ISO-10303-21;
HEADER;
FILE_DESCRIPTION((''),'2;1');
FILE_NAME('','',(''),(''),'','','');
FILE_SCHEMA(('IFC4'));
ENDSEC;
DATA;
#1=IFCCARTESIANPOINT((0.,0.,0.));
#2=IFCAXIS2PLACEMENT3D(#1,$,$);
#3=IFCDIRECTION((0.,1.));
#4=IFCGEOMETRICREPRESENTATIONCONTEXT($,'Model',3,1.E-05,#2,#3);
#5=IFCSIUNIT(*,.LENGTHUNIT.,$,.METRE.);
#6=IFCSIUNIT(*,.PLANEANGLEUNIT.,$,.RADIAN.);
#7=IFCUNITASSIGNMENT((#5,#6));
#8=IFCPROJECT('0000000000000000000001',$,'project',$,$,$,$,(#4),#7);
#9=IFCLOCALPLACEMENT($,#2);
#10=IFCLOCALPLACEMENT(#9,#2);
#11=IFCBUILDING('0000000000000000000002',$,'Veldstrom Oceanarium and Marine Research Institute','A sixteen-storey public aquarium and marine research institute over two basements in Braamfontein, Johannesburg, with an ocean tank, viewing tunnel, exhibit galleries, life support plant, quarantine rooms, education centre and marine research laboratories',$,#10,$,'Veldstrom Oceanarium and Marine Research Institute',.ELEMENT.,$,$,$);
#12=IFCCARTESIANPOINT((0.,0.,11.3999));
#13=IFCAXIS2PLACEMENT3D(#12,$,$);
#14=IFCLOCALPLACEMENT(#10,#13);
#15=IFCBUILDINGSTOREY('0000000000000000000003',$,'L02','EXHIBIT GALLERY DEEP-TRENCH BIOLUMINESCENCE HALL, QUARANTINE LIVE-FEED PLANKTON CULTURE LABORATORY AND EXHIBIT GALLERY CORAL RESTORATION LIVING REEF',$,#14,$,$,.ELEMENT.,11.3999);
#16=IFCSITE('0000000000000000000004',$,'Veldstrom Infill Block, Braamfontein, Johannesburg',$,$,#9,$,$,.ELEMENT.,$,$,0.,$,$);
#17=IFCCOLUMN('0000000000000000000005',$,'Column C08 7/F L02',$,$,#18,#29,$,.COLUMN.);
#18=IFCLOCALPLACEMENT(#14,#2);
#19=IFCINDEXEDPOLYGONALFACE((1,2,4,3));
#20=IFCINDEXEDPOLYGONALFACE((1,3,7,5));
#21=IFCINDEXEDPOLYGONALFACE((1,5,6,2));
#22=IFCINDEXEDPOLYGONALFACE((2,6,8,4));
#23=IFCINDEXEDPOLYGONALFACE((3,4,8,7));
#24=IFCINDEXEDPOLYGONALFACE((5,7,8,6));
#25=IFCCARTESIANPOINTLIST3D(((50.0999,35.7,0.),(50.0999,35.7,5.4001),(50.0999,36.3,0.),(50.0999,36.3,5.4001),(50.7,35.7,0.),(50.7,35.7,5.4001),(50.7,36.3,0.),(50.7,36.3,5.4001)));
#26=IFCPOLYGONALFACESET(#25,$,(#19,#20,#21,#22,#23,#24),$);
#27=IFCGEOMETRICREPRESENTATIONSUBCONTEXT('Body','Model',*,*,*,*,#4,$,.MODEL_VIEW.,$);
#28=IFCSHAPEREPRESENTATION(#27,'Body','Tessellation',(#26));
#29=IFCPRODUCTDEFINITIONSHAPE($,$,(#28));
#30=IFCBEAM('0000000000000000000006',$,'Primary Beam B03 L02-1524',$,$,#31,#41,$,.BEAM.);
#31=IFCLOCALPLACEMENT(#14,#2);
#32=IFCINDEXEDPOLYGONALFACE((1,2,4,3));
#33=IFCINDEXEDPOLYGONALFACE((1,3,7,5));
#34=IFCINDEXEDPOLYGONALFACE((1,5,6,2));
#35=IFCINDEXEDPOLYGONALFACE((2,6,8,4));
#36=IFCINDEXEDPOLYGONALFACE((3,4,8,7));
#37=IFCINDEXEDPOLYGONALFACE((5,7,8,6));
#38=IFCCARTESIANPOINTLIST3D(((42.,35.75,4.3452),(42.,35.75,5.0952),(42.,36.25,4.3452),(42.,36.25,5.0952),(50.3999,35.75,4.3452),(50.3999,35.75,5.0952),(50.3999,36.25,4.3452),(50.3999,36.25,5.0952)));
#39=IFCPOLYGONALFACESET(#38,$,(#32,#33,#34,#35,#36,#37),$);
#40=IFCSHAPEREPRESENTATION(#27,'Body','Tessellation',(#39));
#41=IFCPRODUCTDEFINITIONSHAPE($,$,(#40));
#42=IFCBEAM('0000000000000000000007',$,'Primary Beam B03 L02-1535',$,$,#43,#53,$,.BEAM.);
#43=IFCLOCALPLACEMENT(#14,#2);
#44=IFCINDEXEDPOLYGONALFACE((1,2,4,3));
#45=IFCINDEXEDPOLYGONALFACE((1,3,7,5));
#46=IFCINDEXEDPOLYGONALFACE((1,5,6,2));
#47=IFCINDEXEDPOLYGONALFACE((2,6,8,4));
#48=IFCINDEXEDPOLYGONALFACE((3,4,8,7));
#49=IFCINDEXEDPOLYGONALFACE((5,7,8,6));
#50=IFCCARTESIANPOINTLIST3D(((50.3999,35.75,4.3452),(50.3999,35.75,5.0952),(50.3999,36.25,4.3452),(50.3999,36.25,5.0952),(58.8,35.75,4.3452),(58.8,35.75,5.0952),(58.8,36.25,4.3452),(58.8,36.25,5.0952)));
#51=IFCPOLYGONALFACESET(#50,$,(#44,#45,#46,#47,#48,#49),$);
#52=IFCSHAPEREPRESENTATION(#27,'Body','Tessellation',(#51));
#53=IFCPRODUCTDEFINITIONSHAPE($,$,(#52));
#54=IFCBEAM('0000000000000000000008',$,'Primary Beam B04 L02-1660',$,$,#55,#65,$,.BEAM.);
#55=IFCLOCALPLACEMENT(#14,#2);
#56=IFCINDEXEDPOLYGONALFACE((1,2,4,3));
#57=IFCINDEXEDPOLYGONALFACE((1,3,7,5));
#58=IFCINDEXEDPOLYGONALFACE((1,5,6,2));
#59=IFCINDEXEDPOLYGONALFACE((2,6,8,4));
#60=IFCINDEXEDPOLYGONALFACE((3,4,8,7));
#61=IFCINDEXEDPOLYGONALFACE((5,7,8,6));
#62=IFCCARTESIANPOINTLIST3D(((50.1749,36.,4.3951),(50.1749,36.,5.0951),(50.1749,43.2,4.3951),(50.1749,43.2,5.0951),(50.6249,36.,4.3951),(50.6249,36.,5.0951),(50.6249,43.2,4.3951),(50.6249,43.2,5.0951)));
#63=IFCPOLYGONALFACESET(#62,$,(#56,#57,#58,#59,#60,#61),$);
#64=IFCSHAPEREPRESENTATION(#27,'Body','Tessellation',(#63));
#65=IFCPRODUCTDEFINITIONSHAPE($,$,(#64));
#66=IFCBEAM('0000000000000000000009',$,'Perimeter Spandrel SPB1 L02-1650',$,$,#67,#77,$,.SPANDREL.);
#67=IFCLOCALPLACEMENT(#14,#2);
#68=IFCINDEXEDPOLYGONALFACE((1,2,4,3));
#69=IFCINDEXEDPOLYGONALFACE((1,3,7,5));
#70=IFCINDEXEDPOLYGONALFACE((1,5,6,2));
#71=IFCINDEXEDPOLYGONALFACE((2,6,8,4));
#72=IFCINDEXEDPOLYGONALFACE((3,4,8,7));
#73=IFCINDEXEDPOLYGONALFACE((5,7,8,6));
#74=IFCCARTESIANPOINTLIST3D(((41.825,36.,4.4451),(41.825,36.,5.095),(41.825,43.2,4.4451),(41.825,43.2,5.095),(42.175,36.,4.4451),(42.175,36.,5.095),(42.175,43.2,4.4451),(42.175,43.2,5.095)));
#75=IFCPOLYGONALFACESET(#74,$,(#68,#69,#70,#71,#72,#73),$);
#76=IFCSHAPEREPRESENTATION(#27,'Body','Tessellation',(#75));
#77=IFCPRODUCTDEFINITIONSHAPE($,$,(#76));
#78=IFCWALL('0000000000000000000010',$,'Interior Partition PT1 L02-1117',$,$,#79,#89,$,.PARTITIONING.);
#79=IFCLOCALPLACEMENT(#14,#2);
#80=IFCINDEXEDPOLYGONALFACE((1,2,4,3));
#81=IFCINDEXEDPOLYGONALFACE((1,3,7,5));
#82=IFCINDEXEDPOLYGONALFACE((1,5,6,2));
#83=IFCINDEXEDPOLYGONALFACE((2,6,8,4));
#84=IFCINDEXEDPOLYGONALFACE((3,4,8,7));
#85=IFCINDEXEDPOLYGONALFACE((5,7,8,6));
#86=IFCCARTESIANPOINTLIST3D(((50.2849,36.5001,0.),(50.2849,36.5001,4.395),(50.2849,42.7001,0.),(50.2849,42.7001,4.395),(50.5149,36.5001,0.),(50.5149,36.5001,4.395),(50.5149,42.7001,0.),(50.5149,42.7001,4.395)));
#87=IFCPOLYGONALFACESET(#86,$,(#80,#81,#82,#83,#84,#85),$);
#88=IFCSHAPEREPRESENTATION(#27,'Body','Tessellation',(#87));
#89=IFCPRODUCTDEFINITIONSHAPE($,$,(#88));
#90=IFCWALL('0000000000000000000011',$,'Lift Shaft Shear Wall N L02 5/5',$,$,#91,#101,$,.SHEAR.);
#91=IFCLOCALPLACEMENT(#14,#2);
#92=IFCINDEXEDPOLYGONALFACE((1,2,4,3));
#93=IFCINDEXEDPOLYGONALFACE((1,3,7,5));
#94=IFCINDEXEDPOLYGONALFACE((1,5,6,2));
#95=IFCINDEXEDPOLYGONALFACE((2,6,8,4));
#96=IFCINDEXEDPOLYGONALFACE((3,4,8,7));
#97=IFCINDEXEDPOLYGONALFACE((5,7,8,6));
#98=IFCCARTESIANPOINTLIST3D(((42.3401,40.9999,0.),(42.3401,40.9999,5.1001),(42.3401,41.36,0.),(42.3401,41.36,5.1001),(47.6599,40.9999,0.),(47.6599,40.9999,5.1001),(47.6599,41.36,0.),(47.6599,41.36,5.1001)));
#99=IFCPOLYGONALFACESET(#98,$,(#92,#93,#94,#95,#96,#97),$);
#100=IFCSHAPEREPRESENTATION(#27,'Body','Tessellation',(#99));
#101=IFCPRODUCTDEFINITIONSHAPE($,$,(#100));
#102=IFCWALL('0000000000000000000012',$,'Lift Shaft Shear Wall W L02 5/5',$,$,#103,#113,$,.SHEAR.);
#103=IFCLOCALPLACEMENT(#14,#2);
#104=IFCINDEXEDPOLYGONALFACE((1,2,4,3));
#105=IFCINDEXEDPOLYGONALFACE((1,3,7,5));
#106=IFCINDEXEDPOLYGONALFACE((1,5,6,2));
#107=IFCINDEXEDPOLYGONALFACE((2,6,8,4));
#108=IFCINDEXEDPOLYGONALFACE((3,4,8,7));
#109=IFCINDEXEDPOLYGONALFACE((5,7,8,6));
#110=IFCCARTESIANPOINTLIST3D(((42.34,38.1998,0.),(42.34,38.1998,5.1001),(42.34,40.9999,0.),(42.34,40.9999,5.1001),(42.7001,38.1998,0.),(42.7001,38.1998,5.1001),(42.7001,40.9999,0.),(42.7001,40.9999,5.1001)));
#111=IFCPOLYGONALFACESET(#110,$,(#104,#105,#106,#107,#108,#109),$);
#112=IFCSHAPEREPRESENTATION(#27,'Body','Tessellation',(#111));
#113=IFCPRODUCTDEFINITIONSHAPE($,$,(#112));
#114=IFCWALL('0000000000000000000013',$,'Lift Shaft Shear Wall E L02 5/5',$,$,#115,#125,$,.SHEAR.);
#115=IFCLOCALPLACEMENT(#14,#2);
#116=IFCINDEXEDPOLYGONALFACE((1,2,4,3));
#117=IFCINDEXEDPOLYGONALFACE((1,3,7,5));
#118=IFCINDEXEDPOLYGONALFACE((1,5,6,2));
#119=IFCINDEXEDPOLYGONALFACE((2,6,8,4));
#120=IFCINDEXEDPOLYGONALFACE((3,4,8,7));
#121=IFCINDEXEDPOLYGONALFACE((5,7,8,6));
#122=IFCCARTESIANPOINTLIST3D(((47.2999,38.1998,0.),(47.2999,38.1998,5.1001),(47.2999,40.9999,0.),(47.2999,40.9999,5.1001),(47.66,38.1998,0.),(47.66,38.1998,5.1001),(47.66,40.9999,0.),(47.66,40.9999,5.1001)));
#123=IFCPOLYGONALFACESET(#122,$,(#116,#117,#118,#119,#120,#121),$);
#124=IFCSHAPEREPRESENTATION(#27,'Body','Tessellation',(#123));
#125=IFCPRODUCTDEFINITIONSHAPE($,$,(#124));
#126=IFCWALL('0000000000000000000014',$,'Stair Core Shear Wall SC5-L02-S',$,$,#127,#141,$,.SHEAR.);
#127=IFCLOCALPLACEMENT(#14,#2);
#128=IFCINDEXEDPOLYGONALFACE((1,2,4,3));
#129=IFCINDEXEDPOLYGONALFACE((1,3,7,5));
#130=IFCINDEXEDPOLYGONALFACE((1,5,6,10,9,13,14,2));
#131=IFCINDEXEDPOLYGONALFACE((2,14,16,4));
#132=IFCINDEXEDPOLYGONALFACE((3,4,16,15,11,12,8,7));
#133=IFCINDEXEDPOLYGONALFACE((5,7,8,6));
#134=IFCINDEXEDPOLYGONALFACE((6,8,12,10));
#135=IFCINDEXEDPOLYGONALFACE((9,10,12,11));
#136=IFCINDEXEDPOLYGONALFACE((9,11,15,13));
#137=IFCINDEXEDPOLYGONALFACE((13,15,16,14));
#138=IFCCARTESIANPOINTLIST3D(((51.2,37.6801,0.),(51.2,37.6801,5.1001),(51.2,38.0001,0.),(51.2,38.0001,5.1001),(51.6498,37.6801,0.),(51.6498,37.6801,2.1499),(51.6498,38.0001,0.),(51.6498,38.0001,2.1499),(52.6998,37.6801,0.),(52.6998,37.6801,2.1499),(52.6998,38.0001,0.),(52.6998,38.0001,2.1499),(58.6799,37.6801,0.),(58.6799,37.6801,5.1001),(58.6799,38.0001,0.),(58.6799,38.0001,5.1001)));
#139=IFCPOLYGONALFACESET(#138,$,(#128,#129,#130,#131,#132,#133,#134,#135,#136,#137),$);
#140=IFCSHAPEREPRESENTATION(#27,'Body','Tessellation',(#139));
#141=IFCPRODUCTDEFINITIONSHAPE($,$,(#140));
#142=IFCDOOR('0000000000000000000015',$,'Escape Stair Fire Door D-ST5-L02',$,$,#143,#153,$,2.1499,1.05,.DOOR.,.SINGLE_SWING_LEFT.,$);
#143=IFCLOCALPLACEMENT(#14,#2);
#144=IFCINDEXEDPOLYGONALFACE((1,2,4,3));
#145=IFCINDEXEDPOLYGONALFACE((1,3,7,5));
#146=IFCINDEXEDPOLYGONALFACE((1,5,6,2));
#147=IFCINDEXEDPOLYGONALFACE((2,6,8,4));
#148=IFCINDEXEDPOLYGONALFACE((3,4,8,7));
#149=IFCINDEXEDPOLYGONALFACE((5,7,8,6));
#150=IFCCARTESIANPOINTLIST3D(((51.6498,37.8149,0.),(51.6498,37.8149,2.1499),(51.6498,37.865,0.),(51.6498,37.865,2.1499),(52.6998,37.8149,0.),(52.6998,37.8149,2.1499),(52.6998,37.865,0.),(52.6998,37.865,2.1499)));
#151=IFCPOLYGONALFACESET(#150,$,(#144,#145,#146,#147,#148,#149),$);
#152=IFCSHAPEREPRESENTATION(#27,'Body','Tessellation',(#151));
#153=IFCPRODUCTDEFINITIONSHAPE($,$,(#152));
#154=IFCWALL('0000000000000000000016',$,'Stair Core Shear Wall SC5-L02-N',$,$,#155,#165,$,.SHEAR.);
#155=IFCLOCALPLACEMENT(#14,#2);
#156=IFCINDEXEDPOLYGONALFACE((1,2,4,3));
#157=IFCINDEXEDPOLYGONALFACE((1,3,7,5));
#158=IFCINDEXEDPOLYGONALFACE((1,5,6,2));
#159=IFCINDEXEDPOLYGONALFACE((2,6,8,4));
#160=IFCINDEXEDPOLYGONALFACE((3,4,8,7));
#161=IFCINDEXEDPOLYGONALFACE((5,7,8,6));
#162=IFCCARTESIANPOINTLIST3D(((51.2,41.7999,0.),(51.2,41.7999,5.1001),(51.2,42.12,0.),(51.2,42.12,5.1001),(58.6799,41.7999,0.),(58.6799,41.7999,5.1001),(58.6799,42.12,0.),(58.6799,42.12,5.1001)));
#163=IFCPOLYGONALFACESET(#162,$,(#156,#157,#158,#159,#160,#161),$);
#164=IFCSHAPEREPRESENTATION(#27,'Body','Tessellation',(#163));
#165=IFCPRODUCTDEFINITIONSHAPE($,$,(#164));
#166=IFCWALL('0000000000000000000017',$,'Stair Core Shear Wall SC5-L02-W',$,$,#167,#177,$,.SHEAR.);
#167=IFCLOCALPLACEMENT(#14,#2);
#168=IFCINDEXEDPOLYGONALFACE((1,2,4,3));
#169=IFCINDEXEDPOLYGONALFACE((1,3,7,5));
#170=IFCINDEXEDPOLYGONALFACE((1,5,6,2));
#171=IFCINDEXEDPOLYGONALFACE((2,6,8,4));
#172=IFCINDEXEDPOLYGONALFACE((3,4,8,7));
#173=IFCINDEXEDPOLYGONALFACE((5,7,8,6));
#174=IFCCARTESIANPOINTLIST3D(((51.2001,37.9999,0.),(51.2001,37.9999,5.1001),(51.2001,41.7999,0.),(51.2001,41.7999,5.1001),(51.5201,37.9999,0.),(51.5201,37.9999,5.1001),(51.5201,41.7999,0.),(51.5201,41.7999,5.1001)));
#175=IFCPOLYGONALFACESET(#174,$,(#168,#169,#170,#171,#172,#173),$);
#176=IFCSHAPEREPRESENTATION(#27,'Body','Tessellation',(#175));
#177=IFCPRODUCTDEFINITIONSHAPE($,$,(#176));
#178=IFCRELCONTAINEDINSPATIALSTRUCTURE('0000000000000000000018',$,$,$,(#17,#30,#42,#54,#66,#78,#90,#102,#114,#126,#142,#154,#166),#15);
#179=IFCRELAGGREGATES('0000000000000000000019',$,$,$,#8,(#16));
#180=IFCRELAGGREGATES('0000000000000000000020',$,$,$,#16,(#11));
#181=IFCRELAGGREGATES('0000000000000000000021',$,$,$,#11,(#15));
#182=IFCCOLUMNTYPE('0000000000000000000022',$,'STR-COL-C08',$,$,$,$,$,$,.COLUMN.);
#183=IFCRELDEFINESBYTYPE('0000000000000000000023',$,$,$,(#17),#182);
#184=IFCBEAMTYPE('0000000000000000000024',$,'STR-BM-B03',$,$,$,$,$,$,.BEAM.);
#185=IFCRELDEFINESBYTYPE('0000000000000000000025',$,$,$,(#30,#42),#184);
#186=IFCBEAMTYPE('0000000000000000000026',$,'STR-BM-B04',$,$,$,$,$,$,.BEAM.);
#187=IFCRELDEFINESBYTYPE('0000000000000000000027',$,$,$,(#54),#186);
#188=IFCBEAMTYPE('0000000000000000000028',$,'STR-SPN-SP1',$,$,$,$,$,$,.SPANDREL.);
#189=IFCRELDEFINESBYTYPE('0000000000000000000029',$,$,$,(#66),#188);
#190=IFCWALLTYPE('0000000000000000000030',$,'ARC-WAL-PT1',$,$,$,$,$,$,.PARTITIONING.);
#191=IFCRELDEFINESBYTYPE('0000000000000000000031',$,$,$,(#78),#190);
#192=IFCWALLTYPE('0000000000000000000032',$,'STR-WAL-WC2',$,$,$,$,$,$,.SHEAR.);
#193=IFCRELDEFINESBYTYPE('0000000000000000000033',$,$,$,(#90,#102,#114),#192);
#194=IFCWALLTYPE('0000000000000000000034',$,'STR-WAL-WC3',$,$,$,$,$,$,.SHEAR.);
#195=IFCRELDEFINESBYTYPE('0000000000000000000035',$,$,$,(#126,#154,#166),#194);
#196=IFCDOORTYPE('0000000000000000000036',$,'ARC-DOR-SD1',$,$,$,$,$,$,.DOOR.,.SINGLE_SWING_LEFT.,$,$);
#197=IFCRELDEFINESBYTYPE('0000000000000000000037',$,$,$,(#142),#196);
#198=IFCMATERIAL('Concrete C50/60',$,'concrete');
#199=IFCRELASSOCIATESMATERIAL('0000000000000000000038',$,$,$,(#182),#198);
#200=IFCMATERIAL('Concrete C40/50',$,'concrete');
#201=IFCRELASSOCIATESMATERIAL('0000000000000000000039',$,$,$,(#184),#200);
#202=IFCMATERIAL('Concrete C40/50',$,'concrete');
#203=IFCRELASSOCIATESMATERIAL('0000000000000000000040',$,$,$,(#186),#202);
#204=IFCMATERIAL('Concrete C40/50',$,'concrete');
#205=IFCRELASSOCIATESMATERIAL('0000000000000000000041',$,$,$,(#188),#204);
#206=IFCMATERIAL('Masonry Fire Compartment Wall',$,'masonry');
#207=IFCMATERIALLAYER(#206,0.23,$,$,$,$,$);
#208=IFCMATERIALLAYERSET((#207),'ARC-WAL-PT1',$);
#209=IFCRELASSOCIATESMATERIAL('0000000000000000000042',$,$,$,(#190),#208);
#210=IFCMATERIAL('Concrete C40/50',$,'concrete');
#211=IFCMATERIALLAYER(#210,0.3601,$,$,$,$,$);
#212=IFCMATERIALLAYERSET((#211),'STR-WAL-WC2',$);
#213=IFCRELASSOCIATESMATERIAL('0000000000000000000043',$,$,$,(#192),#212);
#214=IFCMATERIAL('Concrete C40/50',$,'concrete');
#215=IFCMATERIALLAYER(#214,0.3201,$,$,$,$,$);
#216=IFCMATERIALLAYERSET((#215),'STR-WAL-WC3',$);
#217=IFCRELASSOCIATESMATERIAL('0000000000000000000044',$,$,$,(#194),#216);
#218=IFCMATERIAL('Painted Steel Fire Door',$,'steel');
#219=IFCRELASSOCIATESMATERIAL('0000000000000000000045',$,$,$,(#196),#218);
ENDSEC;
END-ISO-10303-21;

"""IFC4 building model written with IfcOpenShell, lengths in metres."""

from ifc_helpers import new_model, si_unit, direction, frame, frame_2d, origin, origin_2d, place, context, subcontext, project, spatial, rectangle, extrude, material, layer, layer_set, material_profile, profile_set, type_object, element, fill, save


model = new_model("IFC4")

# Units and contexts
model_context = context("Model", 3, precision=1e-05, world=origin(), true_north=direction((0.0, 1.0)))
body_context = subcontext(model_context, "Body", "Model", "MODEL_VIEW")
ifc_project = project(units=[si_unit("LENGTHUNIT", "METRE"), si_unit("PLANEANGLEUNIT", "RADIAN")], contexts=[model_context])

# Site, building, storey
site_placement = place(None, origin())
site = spatial("IfcSite", under=ifc_project, at=site_placement, Name="Veldstrom Infill Block, Braamfontein, Johannesburg", CompositionType="ELEMENT", RefElevation=0.0)
building_placement = place(site_placement, origin())
building = spatial("IfcBuilding", under=site, at=building_placement, Name="Veldstrom Oceanarium and Marine Research Institute", Description="A sixteen-storey public aquarium and marine research institute over two basements in Braamfontein, Johannesburg, with an ocean tank, viewing tunnel, exhibit galleries, life support plant, quarantine rooms, education centre and marine research laboratories", LongName="Veldstrom Oceanarium and Marine Research Institute", CompositionType="ELEMENT")
storey_placement = place(building_placement, frame((0.0, 0.0, 11.3999)))
storey = spatial("IfcBuildingStorey", under=building, at=storey_placement, Name="L02", Description="EXHIBIT GALLERY DEEP-TRENCH BIOLUMINESCENCE HALL, QUARANTINE LIVE-FEED PLANKTON CULTURE LABORATORY AND EXHIBIT GALLERY CORAL RESTORATION LIVING REEF", CompositionType="ELEMENT", Elevation=11.3999)

# Column
ifc_material_1 = material(Name="Concrete C50/60", Category="concrete")
ifc_material_profile_1 = material_profile(ifc_material_1, rectangle(XDim=0.6001, YDim=0.6001, at=origin_2d()), Name="RC-COL-600x600")
ifc_profile_set_1 = profile_set([ifc_material_profile_1], Name="Concrete C50/60")
column_type = type_object("IfcColumnType", Name="STR-COL-C08", PredefinedType="COLUMN", material=ifc_profile_set_1)
column_placement = place(storey_placement, frame((50.3999, 36.0, 0.0), z_axis=(0.0, 0.0, 1.0), x_axis=(1.0, 0.0, 0.0)))
element("IfcColumn", 1, at=column_placement, inside=storey, type_object=column_type, Name="Column C08 7/F L02", PredefinedType="COLUMN", context=body_context, shape_type="SweptSolid", body=[
    extrude(rectangle(XDim=0.6001, YDim=0.6001, at=origin_2d()), origin(), (0.0, 0.0, 1.0), 5.4001),
])

# Beams
ifc_material_2 = material(Name="Concrete C40/50", Category="concrete")
ifc_material_profile_2 = material_profile(ifc_material_2, rectangle(XDim=0.5, YDim=0.75, at=origin_2d()), Name="RC-BM-500x750")
ifc_profile_set_2 = profile_set([ifc_material_profile_2], Name="Concrete C40/50")
beam_type_1 = type_object("IfcBeamType", Name="STR-BM-B03", PredefinedType="BEAM", material=ifc_profile_set_2)
beam_1_placement = place(storey_placement, frame((42.0, 36.0, 4.7202), z_axis=(1.0, 0.0, 0.0), x_axis=(0.0, 1.0, 0.0)))
element("IfcBeam", 2, at=beam_1_placement, inside=storey, type_object=beam_type_1, Name="Primary Beam B03 L02-1524", PredefinedType="BEAM", context=body_context, shape_type="SweptSolid", body=[
    extrude(rectangle(XDim=0.5, YDim=0.75, at=origin_2d()), origin(), (0.0, 0.0, 1.0), 8.3999),
])
beam_2_placement = place(storey_placement, frame((50.3999, 36.0, 4.7202), z_axis=(1.0, 0.0, 0.0), x_axis=(0.0, 1.0, 0.0)))
element("IfcBeam", 3, at=beam_2_placement, inside=storey, type_object=beam_type_1, Name="Primary Beam B03 L02-1535", PredefinedType="BEAM", context=body_context, shape_type="SweptSolid", body=[
    extrude(rectangle(XDim=0.5, YDim=0.75, at=origin_2d()), origin(), (0.0, 0.0, 1.0), 8.4001),
])
ifc_material_3 = material(Name="Concrete C40/50", Category="concrete")
ifc_material_profile_3 = material_profile(ifc_material_3, rectangle(XDim=0.45, YDim=0.7, at=origin_2d()), Name="RC-BM-450x700")
ifc_profile_set_3 = profile_set([ifc_material_profile_3], Name="Concrete C40/50")
beam_type_2 = type_object("IfcBeamType", Name="STR-BM-B04", PredefinedType="BEAM", material=ifc_profile_set_3)
beam_3_placement = place(storey_placement, frame((50.3999, 36.0, 4.7451), z_axis=(0.0, 1.0, 0.0), x_axis=(-1.0, 0.0, 0.0)))
element("IfcBeam", 4, at=beam_3_placement, inside=storey, type_object=beam_type_2, Name="Primary Beam B04 L02-1660", PredefinedType="BEAM", context=body_context, shape_type="SweptSolid", body=[
    extrude(rectangle(XDim=0.45, YDim=0.7, at=origin_2d()), origin(), (0.0, 0.0, 1.0), 7.2),
])
ifc_material_4 = material(Name="Concrete C40/50", Category="concrete")
ifc_material_profile_4 = material_profile(ifc_material_4, rectangle(XDim=0.3501, YDim=0.6499, at=origin_2d()), Name="RC-SPN-350x650")
ifc_profile_set_4 = profile_set([ifc_material_profile_4], Name="Concrete C40/50")
beam_type_3 = type_object("IfcBeamType", Name="STR-SPN-SP1", PredefinedType="SPANDREL", material=ifc_profile_set_4)
beam_4_placement = place(storey_placement, frame((42.0, 36.0, 4.77), z_axis=(0.0, 1.0, 0.0), x_axis=(-1.0, 0.0, 0.0)))
element("IfcBeam", 5, at=beam_4_placement, inside=storey, type_object=beam_type_3, Name="Perimeter Spandrel SPB1 L02-1650", PredefinedType="SPANDREL", context=body_context, shape_type="SweptSolid", body=[
    extrude(rectangle(XDim=0.3501, YDim=0.6499, at=origin_2d()), origin(), (0.0, 0.0, 1.0), 7.2),
])

# Shared definitions
ifc_material_5 = material(Name="Masonry Fire Compartment Wall", Category="masonry")
ifc_layer_1 = layer(ifc_material_5, 0.23)
ifc_layer_set_1 = layer_set([ifc_layer_1], Name="ARC-WAL-PT1")
wall_type_1 = type_object("IfcWallType", Name="ARC-WAL-PT1", PredefinedType="PARTITIONING", material=ifc_layer_set_1)

# Wall
wall_1_placement = place(storey_placement, frame((50.3999, 36.5, 0.0), z_axis=(0.0, 0.0, 1.0), x_axis=(0.0, 1.0, 0.0)))
element("IfcWall", 6, at=wall_1_placement, inside=storey, type_object=wall_type_1, Name="Interior Partition PT1 L02-1117", PredefinedType="PARTITIONING", context=body_context, shape_type="SweptSolid", body=[
    extrude(rectangle(XDim=6.2, YDim=0.23, at=frame_2d((3.1001, 0.0))), origin(), (0.0, 0.0, 1.0), 4.395),
])

# Wall
ifc_material_6 = material(Name="Concrete C40/50", Category="concrete")
ifc_layer_2 = layer(ifc_material_6, 0.3601)
ifc_layer_set_2 = layer_set([ifc_layer_2], Name="STR-WAL-WC2")
wall_type_2 = type_object("IfcWallType", Name="STR-WAL-WC2", PredefinedType="SHEAR", material=ifc_layer_set_2)
wall_2_placement = place(storey_placement, frame((42.3401, 41.1799, 0.0), z_axis=(0.0, 0.0, 1.0), x_axis=(1.0, 0.0, 0.0)))
element("IfcWall", 7, at=wall_2_placement, inside=storey, type_object=wall_type_2, Name="Lift Shaft Shear Wall N L02 5/5", PredefinedType="SHEAR", context=body_context, shape_type="SweptSolid", body=[
    extrude(rectangle(XDim=5.3198, YDim=0.3601, at=frame_2d((2.6599, 0.0))), origin(), (0.0, 0.0, 1.0), 5.1001),
])

# Walls
for number, where, z_axis, x_axis, name in (
    (8, (42.52, 38.2, 0.0), (0.0, 0.0, 1.0), (0.0, 1.0, 0.0), "Lift Shaft Shear Wall W L02 5/5"),
    (9, (47.48, 38.2, 0.0), (0.0, 0.0, 1.0), (0.0, 1.0, 0.0), "Lift Shaft Shear Wall E L02 5/5"),
):
    element("IfcWall", number, at=place(storey_placement, frame(where, z_axis=z_axis, x_axis=x_axis)), inside=storey, type_object=wall_type_2, Name=name, PredefinedType="SHEAR", context=body_context, shape_type="SweptSolid", body=[
        extrude(rectangle(XDim=2.8, YDim=0.3601, at=frame_2d((1.3999, 0.0))), origin(), (0.0, 0.0, 1.0), 5.1001),
    ])

# Wall, opening, door
ifc_material_7 = material(Name="Concrete C40/50", Category="concrete")
ifc_layer_3 = layer(ifc_material_7, 0.3201)
ifc_layer_set_3 = layer_set([ifc_layer_3], Name="STR-WAL-WC3")
wall_type_3 = type_object("IfcWallType", Name="STR-WAL-WC3", PredefinedType="SHEAR", material=ifc_layer_set_3)
wall_3_placement = place(storey_placement, frame((51.2, 37.8401, 0.0), z_axis=(0.0, 0.0, 1.0), x_axis=(1.0, 0.0, 0.0)))
wall_3 = element("IfcWall", 10, at=wall_3_placement, inside=storey, type_object=wall_type_3, Name="Stair Core Shear Wall SC5-L02-S", PredefinedType="SHEAR", context=body_context, shape_type="SweptSolid", body=[
    extrude(rectangle(XDim=7.48, YDim=0.3201, at=frame_2d((3.74, 0.0))), origin(), (0.0, 0.0, 1.0), 5.1001),
])
opening_1_placement = place(wall_3_placement, frame((0.45, 0.0, 0.0)))
opening_1 = element("IfcOpeningElement", 11, at=opening_1_placement, cuts=wall_3, PredefinedType="OPENING", context=body_context, shape_type="SweptSolid", body=[
    extrude(rectangle(XDim=1.05, YDim=2.1499, at=frame_2d((0.5249, 1.075))), frame((0.0, 0.1699, 0.0), z_axis=(0.0, -1.0, 0.0), x_axis=(1.0, 0.0, 0.0)), (0.0, 0.0, 1.0), 0.3401),
])
ifc_material_8 = material(Name="Painted Steel Fire Door", Category="steel")
door_type_1 = type_object("IfcDoorType", Name="ARC-DOR-SD1", OperationType="SINGLE_SWING_LEFT", PredefinedType="DOOR", material=ifc_material_8)
door_1_placement = place(opening_1_placement, origin())
door_1 = element("IfcDoor", 12, at=door_1_placement, inside=storey, type_object=door_type_1, Name="Escape Stair Fire Door D-ST5-L02", OperationType="SINGLE_SWING_LEFT", OverallHeight=2.1499, OverallWidth=1.05, PredefinedType="DOOR", context=body_context, shape_type="SweptSolid", body=[
    extrude(rectangle(XDim=1.05, YDim=2.1499, at=frame_2d((0.5249, 1.075))), frame((0.0, 0.0249, 0.0), z_axis=(0.0, -1.0, 0.0), x_axis=(1.0, 0.0, 0.0)), (0.0, 0.0, 1.0), 0.05),
])
fill(opening_1, door_1)

# Walls
wall_4_placement = place(storey_placement, frame((51.2, 41.96, 0.0), z_axis=(0.0, 0.0, 1.0), x_axis=(1.0, 0.0, 0.0)))
element("IfcWall", 13, at=wall_4_placement, inside=storey, type_object=wall_type_3, Name="Stair Core Shear Wall SC5-L02-N", PredefinedType="SHEAR", context=body_context, shape_type="SweptSolid", body=[
    extrude(rectangle(XDim=7.48, YDim=0.3201, at=frame_2d((3.74, 0.0))), origin(), (0.0, 0.0, 1.0), 5.1001),
])
wall_5_placement = place(storey_placement, frame((51.3601, 38.0, 0.0), z_axis=(0.0, 0.0, 1.0), x_axis=(0.0, 1.0, 0.0)))
element("IfcWall", 14, at=wall_5_placement, inside=storey, type_object=wall_type_3, Name="Stair Core Shear Wall SC5-L02-W", PredefinedType="SHEAR", context=body_context, shape_type="SweptSolid", body=[
    extrude(rectangle(XDim=3.8, YDim=0.3201, at=frame_2d((1.8999, 0.0))), origin(), (0.0, 0.0, 1.0), 5.1001),
])

save(model, "model.ifc")
